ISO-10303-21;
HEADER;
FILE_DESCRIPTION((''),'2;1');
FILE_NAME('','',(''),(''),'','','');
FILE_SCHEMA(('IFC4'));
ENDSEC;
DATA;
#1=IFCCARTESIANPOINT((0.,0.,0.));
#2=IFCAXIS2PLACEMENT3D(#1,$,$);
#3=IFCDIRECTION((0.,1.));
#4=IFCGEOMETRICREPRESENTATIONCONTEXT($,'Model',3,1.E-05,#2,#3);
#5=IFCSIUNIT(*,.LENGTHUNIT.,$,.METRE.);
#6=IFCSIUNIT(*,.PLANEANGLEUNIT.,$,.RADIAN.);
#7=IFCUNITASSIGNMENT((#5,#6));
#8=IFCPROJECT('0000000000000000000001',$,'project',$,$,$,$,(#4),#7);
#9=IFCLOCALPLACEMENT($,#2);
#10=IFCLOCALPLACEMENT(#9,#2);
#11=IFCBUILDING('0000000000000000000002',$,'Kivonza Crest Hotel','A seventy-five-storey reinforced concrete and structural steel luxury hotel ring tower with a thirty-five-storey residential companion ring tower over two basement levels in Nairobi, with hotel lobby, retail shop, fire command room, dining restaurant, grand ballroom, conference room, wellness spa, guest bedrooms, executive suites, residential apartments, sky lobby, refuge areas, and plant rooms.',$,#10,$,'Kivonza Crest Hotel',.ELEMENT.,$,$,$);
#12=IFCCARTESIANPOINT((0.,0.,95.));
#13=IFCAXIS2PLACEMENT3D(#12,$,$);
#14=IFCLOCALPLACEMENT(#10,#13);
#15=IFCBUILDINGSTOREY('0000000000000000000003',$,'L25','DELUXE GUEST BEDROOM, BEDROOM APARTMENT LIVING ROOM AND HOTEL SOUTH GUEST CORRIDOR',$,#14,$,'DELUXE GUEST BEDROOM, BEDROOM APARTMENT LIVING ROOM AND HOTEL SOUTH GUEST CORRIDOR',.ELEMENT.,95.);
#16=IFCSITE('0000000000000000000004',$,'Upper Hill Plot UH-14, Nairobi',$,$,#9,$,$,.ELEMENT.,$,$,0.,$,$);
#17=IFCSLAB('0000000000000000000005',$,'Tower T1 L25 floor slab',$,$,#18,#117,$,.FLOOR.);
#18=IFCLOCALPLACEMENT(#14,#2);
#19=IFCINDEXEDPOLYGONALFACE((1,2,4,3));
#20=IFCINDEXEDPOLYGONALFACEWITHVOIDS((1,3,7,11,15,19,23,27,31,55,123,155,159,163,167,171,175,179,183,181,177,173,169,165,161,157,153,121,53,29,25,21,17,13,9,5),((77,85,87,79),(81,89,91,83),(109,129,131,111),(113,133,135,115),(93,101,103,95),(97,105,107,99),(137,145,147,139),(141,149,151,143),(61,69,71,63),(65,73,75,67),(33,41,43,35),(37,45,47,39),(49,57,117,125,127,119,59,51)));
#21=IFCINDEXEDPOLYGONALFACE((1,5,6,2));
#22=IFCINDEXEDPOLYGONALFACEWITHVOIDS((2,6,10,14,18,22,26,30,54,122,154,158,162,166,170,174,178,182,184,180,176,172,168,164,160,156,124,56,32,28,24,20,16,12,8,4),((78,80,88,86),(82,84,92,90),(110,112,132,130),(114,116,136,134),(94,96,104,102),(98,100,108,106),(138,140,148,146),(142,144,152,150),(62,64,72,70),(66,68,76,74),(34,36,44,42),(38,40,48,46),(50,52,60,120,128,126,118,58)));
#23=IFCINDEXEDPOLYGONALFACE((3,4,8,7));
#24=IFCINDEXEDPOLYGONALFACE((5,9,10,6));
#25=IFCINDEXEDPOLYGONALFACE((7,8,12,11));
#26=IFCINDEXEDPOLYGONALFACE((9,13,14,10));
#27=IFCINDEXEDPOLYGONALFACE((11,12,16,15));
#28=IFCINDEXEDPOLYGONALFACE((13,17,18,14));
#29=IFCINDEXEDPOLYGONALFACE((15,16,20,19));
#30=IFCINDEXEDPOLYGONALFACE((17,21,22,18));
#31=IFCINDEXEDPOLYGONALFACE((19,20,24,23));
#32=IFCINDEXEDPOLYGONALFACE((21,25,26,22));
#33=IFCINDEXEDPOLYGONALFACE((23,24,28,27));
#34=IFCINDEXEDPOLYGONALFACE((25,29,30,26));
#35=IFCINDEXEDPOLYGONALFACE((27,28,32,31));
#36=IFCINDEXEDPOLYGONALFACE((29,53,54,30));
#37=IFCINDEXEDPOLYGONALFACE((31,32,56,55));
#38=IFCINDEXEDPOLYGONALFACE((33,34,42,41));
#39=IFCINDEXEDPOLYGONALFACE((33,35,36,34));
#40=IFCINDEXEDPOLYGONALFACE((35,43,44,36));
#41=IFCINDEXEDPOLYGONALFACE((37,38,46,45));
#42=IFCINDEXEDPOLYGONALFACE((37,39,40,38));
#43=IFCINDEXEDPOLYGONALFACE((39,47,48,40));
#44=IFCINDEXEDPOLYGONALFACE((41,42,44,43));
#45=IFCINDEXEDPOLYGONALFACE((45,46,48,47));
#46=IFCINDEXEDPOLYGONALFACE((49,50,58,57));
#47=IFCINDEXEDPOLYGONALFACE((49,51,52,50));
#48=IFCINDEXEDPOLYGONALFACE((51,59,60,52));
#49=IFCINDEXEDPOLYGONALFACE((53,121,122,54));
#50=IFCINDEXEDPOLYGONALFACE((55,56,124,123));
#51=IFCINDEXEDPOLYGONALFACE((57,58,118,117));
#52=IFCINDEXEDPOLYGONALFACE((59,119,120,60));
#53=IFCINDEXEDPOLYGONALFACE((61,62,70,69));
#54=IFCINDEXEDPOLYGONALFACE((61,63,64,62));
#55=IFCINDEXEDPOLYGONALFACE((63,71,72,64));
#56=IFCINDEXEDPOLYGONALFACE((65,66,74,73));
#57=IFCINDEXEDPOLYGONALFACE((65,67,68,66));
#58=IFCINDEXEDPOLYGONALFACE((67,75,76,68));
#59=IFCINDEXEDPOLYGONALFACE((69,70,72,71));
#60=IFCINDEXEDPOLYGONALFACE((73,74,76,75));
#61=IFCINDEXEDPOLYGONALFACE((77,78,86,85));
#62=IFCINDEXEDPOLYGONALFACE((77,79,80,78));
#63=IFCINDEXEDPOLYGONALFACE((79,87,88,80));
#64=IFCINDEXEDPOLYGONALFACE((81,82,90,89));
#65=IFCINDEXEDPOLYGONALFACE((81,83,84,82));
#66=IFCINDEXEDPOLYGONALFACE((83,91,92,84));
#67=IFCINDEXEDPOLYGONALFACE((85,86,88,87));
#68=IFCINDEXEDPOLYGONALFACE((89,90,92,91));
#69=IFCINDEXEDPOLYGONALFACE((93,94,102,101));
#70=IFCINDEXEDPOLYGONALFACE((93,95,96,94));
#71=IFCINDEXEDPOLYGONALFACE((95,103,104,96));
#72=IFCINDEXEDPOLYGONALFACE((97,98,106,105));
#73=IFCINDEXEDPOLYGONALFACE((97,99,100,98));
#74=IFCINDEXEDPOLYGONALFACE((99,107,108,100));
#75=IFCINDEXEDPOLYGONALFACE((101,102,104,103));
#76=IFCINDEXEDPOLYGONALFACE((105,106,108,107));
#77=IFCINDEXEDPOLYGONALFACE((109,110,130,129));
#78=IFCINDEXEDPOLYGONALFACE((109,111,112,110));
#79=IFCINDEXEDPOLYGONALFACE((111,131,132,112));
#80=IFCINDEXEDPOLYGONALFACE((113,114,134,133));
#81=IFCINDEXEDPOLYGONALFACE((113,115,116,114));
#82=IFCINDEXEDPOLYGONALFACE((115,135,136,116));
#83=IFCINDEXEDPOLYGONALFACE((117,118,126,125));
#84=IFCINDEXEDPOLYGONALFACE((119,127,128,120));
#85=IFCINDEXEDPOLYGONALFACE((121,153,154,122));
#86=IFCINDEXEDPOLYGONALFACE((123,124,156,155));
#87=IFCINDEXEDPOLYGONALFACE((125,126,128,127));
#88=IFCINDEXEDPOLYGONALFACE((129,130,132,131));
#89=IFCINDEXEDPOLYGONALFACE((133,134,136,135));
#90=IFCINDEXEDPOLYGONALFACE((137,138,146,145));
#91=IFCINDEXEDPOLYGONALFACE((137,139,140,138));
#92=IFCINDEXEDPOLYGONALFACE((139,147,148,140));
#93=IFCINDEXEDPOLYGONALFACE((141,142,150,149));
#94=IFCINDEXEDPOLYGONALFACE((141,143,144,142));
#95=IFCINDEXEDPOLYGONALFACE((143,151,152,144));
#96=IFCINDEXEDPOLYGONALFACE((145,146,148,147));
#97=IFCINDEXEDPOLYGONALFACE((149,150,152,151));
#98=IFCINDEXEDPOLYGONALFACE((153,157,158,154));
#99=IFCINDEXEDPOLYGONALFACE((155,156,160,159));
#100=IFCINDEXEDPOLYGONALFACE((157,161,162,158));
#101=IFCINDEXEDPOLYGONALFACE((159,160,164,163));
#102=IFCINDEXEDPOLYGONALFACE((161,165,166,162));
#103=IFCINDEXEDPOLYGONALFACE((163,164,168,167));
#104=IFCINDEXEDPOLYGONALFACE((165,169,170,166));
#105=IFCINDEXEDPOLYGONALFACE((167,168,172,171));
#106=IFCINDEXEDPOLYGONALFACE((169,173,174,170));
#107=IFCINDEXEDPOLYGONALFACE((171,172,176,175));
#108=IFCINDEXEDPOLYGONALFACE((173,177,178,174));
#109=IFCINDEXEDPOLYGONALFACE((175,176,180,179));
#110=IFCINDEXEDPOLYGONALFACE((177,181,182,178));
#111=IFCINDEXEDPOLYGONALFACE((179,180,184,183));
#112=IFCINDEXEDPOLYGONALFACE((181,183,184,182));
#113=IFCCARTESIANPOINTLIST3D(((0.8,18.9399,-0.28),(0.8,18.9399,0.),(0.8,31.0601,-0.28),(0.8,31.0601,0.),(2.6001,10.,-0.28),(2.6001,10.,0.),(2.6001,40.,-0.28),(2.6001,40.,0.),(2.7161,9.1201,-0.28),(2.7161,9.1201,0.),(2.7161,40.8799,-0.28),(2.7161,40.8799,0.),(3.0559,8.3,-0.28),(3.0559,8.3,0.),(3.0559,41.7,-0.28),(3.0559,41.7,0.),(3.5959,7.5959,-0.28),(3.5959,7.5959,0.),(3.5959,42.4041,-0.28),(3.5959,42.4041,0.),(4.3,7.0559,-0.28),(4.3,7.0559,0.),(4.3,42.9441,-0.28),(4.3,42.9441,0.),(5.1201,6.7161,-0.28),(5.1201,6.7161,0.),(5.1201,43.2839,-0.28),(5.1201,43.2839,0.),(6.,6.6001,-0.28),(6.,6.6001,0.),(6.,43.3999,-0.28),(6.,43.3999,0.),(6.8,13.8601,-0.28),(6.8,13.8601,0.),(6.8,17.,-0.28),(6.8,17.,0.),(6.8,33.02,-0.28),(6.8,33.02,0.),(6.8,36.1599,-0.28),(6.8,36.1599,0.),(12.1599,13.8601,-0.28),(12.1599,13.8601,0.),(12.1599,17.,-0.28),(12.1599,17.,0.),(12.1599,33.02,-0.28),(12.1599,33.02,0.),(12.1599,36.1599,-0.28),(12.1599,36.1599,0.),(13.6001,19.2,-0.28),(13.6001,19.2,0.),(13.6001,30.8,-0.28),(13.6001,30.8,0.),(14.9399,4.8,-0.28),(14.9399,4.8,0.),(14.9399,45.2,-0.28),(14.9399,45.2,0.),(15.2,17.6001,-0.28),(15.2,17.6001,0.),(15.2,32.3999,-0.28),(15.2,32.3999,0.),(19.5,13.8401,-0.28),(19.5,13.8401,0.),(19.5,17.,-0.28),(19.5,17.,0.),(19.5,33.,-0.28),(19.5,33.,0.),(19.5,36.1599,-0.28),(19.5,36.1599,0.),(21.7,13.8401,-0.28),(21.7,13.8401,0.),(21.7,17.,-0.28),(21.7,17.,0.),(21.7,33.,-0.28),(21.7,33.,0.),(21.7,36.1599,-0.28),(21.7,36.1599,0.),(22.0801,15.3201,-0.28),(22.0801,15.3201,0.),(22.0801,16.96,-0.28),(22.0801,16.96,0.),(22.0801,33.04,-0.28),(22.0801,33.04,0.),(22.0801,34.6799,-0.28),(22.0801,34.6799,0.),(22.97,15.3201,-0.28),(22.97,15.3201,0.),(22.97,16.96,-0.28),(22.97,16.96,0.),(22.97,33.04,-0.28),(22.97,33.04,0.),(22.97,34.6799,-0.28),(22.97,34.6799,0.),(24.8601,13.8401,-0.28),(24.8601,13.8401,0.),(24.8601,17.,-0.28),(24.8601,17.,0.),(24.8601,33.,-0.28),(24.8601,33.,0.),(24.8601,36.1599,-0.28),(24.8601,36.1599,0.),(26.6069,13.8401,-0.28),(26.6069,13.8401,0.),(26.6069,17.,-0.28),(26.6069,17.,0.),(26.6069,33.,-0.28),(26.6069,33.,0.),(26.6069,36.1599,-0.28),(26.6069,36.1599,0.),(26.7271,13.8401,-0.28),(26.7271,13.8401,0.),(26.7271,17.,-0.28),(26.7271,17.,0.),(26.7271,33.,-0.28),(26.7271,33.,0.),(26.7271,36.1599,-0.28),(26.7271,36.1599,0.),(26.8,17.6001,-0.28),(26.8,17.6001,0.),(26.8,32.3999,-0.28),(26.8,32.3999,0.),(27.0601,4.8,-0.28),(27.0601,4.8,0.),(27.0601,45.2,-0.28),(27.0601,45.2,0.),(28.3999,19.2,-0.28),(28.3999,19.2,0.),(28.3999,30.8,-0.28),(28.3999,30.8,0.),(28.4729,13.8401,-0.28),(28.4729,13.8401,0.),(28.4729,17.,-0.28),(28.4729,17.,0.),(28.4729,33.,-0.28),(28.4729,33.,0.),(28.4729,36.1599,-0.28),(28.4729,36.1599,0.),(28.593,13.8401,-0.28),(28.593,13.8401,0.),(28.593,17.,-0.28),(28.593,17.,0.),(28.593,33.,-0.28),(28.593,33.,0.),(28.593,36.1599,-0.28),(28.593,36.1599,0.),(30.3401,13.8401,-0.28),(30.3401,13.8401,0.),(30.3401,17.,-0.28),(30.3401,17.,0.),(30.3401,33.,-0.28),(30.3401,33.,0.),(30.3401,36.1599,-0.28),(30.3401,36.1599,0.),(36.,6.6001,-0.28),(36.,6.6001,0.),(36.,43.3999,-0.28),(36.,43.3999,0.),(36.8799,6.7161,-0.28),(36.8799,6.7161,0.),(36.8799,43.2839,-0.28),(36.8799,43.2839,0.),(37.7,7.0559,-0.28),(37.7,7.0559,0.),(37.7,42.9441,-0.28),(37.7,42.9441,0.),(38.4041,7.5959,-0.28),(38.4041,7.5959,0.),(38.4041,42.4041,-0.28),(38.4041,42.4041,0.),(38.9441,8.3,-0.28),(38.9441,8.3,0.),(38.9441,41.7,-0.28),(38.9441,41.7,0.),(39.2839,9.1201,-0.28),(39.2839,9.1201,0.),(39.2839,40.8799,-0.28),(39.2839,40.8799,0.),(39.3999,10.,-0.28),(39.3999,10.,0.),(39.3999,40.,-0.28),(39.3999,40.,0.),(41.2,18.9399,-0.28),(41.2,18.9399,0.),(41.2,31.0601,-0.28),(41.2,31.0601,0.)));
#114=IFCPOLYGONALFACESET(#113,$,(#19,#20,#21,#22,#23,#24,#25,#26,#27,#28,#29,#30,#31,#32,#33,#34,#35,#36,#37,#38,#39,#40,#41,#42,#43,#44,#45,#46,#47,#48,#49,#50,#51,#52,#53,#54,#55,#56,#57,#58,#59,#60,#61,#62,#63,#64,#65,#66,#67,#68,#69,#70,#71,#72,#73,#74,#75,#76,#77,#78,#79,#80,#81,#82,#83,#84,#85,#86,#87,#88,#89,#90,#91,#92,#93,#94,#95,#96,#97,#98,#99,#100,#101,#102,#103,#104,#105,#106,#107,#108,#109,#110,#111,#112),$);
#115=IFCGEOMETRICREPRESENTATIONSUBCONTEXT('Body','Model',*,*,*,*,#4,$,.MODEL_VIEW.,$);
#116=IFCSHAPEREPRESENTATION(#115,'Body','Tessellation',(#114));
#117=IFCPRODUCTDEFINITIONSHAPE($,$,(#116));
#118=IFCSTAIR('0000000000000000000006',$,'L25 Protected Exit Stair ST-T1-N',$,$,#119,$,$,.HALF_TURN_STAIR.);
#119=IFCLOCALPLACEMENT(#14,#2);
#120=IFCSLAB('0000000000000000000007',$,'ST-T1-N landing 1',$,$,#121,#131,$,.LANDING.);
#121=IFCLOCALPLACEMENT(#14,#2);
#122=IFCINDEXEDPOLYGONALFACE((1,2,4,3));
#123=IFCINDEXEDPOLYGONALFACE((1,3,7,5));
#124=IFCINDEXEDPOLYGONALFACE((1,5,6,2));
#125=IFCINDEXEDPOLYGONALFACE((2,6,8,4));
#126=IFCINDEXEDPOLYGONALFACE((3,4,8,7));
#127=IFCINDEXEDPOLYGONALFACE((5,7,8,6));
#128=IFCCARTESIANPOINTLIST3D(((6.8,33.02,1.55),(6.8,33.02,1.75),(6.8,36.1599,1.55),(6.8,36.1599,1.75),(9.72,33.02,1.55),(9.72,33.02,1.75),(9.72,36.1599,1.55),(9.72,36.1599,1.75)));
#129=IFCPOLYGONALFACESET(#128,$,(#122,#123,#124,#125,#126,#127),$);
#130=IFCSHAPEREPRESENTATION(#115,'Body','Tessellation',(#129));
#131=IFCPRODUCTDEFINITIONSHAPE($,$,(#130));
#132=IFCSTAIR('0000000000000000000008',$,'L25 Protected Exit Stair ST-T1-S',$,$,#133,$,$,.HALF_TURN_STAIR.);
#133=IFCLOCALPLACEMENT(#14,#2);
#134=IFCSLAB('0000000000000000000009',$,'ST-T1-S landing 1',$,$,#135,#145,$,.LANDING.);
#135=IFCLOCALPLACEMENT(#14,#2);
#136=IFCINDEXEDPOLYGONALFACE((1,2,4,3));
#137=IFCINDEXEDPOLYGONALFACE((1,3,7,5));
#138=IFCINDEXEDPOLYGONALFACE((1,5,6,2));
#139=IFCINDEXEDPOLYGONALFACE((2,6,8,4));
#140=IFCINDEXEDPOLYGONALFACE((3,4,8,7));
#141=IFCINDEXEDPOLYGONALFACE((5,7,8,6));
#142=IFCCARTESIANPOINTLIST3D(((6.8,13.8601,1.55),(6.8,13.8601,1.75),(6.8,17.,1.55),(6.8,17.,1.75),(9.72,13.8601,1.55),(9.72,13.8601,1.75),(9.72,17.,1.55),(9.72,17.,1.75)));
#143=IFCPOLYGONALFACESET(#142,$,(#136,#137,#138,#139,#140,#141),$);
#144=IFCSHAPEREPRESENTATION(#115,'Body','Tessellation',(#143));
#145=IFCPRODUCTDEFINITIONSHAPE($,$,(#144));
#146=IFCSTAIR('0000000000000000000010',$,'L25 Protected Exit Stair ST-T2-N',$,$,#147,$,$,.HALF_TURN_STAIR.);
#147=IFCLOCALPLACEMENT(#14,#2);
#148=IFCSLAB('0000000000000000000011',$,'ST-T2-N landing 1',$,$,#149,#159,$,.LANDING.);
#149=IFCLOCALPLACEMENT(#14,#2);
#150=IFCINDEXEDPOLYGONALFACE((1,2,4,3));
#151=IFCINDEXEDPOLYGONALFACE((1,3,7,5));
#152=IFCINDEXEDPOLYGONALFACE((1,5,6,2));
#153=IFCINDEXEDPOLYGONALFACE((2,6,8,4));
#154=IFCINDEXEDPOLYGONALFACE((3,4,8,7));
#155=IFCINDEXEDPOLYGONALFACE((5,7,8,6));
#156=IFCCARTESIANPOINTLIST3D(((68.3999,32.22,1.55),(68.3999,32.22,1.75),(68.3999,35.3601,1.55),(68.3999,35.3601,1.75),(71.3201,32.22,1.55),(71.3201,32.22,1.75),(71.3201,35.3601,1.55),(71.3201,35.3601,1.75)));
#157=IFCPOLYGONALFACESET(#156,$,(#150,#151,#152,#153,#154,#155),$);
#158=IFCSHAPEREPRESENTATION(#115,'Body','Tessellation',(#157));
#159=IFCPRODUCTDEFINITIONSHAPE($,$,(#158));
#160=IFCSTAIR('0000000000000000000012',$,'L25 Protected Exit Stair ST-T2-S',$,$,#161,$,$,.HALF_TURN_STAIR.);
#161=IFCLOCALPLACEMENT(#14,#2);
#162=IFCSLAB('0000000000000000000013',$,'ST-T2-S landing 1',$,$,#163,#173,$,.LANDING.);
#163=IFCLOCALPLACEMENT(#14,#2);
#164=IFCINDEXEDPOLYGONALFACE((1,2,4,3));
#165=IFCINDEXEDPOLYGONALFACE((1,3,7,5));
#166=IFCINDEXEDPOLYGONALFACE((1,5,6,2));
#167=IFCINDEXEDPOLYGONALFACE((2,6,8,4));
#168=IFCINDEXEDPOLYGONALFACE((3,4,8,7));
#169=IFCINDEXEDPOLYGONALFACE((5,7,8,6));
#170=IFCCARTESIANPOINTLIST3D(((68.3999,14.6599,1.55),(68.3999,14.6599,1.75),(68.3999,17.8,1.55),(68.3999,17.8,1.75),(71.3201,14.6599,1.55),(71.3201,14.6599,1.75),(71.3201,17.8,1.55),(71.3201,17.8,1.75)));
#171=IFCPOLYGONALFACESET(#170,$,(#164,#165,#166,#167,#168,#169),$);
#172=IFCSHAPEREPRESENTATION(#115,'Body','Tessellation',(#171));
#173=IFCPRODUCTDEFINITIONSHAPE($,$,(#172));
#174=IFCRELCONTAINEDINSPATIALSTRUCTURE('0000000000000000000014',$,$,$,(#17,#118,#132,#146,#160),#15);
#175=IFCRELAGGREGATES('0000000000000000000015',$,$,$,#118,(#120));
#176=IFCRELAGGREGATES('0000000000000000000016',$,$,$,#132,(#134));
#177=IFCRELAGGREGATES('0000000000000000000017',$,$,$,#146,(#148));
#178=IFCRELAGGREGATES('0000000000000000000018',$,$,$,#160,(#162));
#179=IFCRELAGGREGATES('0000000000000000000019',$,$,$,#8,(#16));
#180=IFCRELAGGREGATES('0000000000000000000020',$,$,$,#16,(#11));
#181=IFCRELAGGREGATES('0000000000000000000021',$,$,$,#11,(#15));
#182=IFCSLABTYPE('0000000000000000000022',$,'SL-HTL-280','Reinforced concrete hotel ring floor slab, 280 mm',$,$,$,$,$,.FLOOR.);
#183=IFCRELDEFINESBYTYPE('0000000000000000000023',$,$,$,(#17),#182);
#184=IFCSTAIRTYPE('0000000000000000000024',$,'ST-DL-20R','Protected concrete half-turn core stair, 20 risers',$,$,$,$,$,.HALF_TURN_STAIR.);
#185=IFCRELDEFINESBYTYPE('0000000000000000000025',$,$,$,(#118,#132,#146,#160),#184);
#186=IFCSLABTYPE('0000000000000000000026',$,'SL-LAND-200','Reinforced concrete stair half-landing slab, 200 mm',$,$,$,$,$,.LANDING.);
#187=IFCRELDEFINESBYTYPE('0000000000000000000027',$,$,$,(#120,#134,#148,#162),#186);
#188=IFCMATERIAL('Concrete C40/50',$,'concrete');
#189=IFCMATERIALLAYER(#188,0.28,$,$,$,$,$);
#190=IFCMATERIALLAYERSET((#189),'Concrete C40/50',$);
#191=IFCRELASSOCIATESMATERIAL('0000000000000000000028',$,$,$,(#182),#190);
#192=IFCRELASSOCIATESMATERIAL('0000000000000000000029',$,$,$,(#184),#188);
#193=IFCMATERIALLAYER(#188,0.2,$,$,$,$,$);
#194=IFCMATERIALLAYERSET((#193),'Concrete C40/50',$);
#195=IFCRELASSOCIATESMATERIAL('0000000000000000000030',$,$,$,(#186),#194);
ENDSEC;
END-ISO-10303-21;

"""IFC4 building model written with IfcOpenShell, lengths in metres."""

from ifc_helpers import new_model, si_unit, direction, frame, origin, place, context, subcontext, project, spatial, polyline, outline, extrude, material, layer, layer_set, type_object, element, aggregate, save


model = new_model("IFC4")

# Units and contexts
model_context = context("Model", 3, precision=1e-05, world=origin(), true_north=direction((0.0, 1.0)))
body_context = subcontext(model_context, "Body", "Model", "MODEL_VIEW")
ifc_project = project(units=[si_unit("LENGTHUNIT", "METRE"), si_unit("PLANEANGLEUNIT", "RADIAN")], contexts=[model_context])

# Site, building, storey
site_placement = place(None, origin())
site = spatial("IfcSite", under=ifc_project, at=site_placement, Name="Upper Hill Plot UH-14, Nairobi", CompositionType="ELEMENT", RefElevation=0.0)
building_placement = place(site_placement, origin())
building = spatial("IfcBuilding", under=site, at=building_placement, Name="Kivonza Crest Hotel", Description="A seventy-five-storey reinforced concrete and structural steel luxury hotel ring tower with a thirty-five-storey residential companion ring tower over two basement levels in Nairobi, with hotel lobby, retail shop, fire command room, dining restaurant, grand ballroom, conference room, wellness spa, guest bedrooms, executive suites, residential apartments, sky lobby, refuge areas, and plant rooms.", LongName="Kivonza Crest Hotel", CompositionType="ELEMENT")
storey_placement = place(building_placement, frame((0.0, 0.0, 95.0)))
storey = spatial("IfcBuildingStorey", under=building, at=storey_placement, Name="L25", Description="DELUXE GUEST BEDROOM, BEDROOM APARTMENT LIVING ROOM AND HOTEL SOUTH GUEST CORRIDOR", LongName="DELUXE GUEST BEDROOM, BEDROOM APARTMENT LIVING ROOM AND HOTEL SOUTH GUEST CORRIDOR", CompositionType="ELEMENT", Elevation=95.0)

# Slab
ifc_material_1 = material(Name="Concrete C40/50", Category="concrete")
ifc_layer_1 = layer(ifc_material_1, 0.28)
ifc_layer_set_1 = layer_set([ifc_layer_1], Name="Concrete C40/50")
slab_type_1 = type_object("IfcSlabType", Name="SL-HTL-280", Description="Reinforced concrete hotel ring floor slab, 280 mm", PredefinedType="FLOOR", material=ifc_layer_set_1)
slab_1_placement = place(storey_placement, frame((0.0, 0.0, -0.28)))
element("IfcSlab", 1, at=slab_1_placement, inside=storey, type_object=slab_type_1, Name="Tower T1 L25 floor slab", PredefinedType="FLOOR", context=body_context, shape_type="SweptSolid", body=[
    extrude(outline(polyline([(2.6001, 10.0), (2.7161, 9.1201), (3.0559, 8.3), (3.5959, 7.5959), (4.3, 7.0559), (5.1201, 6.7161), (6.0, 6.6001), (14.9399, 4.8), (27.0601, 4.8), (36.0, 6.6001), (36.8799, 6.7161), (37.7, 7.0559), (38.4041, 7.5959), (38.9441, 8.3), (39.2839, 9.1201), (39.3999, 10.0), (41.2, 18.9399), (41.2, 31.0601), (39.3999, 40.0), (39.2839, 40.8799), (38.9441, 41.7), (38.4041, 42.4041), (37.7, 42.9441), (36.8799, 43.2839), (36.0, 43.3999), (27.0601, 45.2), (14.9399, 45.2), (6.0, 43.3999), (5.1201, 43.2839), (4.3, 42.9441), (3.5959, 42.4041), (3.0559, 41.7), (2.7161, 40.8799), (2.6001, 40.0), (0.8, 31.0601), (0.8, 18.9399), (2.6001, 10.0)]), holes=[polyline([(15.2, 17.6001), (26.8, 17.6001), (28.3999, 19.2), (28.3999, 30.8), (26.8, 32.3999), (15.2, 32.3999), (13.6001, 30.8), (13.6001, 19.2), (15.2, 17.6001)]), polyline([(6.8, 33.02), (12.1599, 33.02), (12.1599, 36.1599), (6.8, 36.1599), (6.8, 33.02)]), polyline([(6.8, 13.8601), (12.1599, 13.8601), (12.1599, 17.0), (6.8, 17.0), (6.8, 13.8601)]), polyline([(22.0801, 33.04), (22.97, 33.04), (22.97, 34.6799), (22.0801, 34.6799), (22.0801, 33.04)]), polyline([(22.0801, 15.3201), (22.97, 15.3201), (22.97, 16.96), (22.0801, 16.96), (22.0801, 15.3201)]), polyline([(19.5, 33.0), (21.7, 33.0), (21.7, 36.1599), (19.5, 36.1599), (19.5, 33.0)]), polyline([(24.8601, 33.0), (26.6069, 33.0), (26.6069, 36.1599), (24.8601, 36.1599), (24.8601, 33.0)]), polyline([(26.7271, 33.0), (28.4729, 33.0), (28.4729, 36.1599), (26.7271, 36.1599), (26.7271, 33.0)]), polyline([(28.593, 33.0), (30.3401, 33.0), (30.3401, 36.1599), (28.593, 36.1599), (28.593, 33.0)]), polyline([(19.5, 13.8401), (21.7, 13.8401), (21.7, 17.0), (19.5, 17.0), (19.5, 13.8401)]), polyline([(24.8601, 13.8401), (26.6069, 13.8401), (26.6069, 17.0), (24.8601, 17.0), (24.8601, 13.8401)]), polyline([(26.7271, 13.8401), (28.4729, 13.8401), (28.4729, 17.0), (26.7271, 17.0), (26.7271, 13.8401)]), polyline([(28.593, 13.8401), (30.3401, 13.8401), (30.3401, 17.0), (28.593, 17.0), (28.593, 13.8401)])]), origin(), (0.0, 0.0, 1.0), 0.28),
])

# Stairs, slabs
stair_type = type_object("IfcStairType", Name="ST-DL-20R", Description="Protected concrete half-turn core stair, 20 risers", PredefinedType="HALF_TURN_STAIR", material=ifc_material_1)
stair_1_placement = place(storey_placement, origin())
stair_1 = element("IfcStair", 2, at=stair_1_placement, inside=storey, type_object=stair_type, Name="L25 Protected Exit Stair ST-T1-N", PredefinedType="HALF_TURN_STAIR")
ifc_layer_2 = layer(ifc_material_1, 0.2)
ifc_layer_set_2 = layer_set([ifc_layer_2], Name="Concrete C40/50")
slab_type_2 = type_object("IfcSlabType", Name="SL-LAND-200", Description="Reinforced concrete stair half-landing slab, 200 mm", PredefinedType="LANDING", material=ifc_layer_set_2)
slab_2_placement = place(storey_placement, frame((0.0, 0.0, 1.55)))
slab_2 = element("IfcSlab", 3, at=slab_2_placement, type_object=slab_type_2, Name="ST-T1-N landing 1", PredefinedType="LANDING", context=body_context, shape_type="SweptSolid", body=[
    extrude(outline(polyline([(9.72, 36.1599), (6.8, 36.1599), (6.8, 33.02), (9.72, 33.02), (9.72, 36.1599)])), origin(), (0.0, 0.0, 1.0), 0.2),
])
aggregate(stair_1, [slab_2])
stair_2_placement = place(storey_placement, origin())
stair_2 = element("IfcStair", 4, at=stair_2_placement, inside=storey, type_object=stair_type, Name="L25 Protected Exit Stair ST-T1-S", PredefinedType="HALF_TURN_STAIR")
slab_3_placement = place(storey_placement, frame((0.0, 0.0, 1.55)))
slab_3 = element("IfcSlab", 5, at=slab_3_placement, type_object=slab_type_2, Name="ST-T1-S landing 1", PredefinedType="LANDING", context=body_context, shape_type="SweptSolid", body=[
    extrude(outline(polyline([(9.72, 17.0), (6.8, 17.0), (6.8, 13.8601), (9.72, 13.8601), (9.72, 17.0)])), origin(), (0.0, 0.0, 1.0), 0.2),
])
aggregate(stair_2, [slab_3])
stair_3_placement = place(storey_placement, origin())
stair_3 = element("IfcStair", 6, at=stair_3_placement, inside=storey, type_object=stair_type, Name="L25 Protected Exit Stair ST-T2-N", PredefinedType="HALF_TURN_STAIR")
slab_4_placement = place(storey_placement, frame((0.0, 0.0, 1.55)))
slab_4 = element("IfcSlab", 7, at=slab_4_placement, type_object=slab_type_2, Name="ST-T2-N landing 1", PredefinedType="LANDING", context=body_context, shape_type="SweptSolid", body=[
    extrude(outline(polyline([(71.3201, 35.3601), (68.3999, 35.3601), (68.3999, 32.22), (71.3201, 32.22), (71.3201, 35.3601)])), origin(), (0.0, 0.0, 1.0), 0.2),
])
aggregate(stair_3, [slab_4])
stair_4_placement = place(storey_placement, origin())
stair_4 = element("IfcStair", 8, at=stair_4_placement, inside=storey, type_object=stair_type, Name="L25 Protected Exit Stair ST-T2-S", PredefinedType="HALF_TURN_STAIR")
slab_5_placement = place(storey_placement, frame((0.0, 0.0, 1.55)))
slab_5 = element("IfcSlab", 9, at=slab_5_placement, type_object=slab_type_2, Name="ST-T2-S landing 1", PredefinedType="LANDING", context=body_context, shape_type="SweptSolid", body=[
    extrude(outline(polyline([(71.3201, 17.8), (68.3999, 17.8), (68.3999, 14.6599), (71.3201, 14.6599), (71.3201, 17.8)])), origin(), (0.0, 0.0, 1.0), 0.2),
])
aggregate(stair_4, [slab_5])

save(model, "model.ifc")
